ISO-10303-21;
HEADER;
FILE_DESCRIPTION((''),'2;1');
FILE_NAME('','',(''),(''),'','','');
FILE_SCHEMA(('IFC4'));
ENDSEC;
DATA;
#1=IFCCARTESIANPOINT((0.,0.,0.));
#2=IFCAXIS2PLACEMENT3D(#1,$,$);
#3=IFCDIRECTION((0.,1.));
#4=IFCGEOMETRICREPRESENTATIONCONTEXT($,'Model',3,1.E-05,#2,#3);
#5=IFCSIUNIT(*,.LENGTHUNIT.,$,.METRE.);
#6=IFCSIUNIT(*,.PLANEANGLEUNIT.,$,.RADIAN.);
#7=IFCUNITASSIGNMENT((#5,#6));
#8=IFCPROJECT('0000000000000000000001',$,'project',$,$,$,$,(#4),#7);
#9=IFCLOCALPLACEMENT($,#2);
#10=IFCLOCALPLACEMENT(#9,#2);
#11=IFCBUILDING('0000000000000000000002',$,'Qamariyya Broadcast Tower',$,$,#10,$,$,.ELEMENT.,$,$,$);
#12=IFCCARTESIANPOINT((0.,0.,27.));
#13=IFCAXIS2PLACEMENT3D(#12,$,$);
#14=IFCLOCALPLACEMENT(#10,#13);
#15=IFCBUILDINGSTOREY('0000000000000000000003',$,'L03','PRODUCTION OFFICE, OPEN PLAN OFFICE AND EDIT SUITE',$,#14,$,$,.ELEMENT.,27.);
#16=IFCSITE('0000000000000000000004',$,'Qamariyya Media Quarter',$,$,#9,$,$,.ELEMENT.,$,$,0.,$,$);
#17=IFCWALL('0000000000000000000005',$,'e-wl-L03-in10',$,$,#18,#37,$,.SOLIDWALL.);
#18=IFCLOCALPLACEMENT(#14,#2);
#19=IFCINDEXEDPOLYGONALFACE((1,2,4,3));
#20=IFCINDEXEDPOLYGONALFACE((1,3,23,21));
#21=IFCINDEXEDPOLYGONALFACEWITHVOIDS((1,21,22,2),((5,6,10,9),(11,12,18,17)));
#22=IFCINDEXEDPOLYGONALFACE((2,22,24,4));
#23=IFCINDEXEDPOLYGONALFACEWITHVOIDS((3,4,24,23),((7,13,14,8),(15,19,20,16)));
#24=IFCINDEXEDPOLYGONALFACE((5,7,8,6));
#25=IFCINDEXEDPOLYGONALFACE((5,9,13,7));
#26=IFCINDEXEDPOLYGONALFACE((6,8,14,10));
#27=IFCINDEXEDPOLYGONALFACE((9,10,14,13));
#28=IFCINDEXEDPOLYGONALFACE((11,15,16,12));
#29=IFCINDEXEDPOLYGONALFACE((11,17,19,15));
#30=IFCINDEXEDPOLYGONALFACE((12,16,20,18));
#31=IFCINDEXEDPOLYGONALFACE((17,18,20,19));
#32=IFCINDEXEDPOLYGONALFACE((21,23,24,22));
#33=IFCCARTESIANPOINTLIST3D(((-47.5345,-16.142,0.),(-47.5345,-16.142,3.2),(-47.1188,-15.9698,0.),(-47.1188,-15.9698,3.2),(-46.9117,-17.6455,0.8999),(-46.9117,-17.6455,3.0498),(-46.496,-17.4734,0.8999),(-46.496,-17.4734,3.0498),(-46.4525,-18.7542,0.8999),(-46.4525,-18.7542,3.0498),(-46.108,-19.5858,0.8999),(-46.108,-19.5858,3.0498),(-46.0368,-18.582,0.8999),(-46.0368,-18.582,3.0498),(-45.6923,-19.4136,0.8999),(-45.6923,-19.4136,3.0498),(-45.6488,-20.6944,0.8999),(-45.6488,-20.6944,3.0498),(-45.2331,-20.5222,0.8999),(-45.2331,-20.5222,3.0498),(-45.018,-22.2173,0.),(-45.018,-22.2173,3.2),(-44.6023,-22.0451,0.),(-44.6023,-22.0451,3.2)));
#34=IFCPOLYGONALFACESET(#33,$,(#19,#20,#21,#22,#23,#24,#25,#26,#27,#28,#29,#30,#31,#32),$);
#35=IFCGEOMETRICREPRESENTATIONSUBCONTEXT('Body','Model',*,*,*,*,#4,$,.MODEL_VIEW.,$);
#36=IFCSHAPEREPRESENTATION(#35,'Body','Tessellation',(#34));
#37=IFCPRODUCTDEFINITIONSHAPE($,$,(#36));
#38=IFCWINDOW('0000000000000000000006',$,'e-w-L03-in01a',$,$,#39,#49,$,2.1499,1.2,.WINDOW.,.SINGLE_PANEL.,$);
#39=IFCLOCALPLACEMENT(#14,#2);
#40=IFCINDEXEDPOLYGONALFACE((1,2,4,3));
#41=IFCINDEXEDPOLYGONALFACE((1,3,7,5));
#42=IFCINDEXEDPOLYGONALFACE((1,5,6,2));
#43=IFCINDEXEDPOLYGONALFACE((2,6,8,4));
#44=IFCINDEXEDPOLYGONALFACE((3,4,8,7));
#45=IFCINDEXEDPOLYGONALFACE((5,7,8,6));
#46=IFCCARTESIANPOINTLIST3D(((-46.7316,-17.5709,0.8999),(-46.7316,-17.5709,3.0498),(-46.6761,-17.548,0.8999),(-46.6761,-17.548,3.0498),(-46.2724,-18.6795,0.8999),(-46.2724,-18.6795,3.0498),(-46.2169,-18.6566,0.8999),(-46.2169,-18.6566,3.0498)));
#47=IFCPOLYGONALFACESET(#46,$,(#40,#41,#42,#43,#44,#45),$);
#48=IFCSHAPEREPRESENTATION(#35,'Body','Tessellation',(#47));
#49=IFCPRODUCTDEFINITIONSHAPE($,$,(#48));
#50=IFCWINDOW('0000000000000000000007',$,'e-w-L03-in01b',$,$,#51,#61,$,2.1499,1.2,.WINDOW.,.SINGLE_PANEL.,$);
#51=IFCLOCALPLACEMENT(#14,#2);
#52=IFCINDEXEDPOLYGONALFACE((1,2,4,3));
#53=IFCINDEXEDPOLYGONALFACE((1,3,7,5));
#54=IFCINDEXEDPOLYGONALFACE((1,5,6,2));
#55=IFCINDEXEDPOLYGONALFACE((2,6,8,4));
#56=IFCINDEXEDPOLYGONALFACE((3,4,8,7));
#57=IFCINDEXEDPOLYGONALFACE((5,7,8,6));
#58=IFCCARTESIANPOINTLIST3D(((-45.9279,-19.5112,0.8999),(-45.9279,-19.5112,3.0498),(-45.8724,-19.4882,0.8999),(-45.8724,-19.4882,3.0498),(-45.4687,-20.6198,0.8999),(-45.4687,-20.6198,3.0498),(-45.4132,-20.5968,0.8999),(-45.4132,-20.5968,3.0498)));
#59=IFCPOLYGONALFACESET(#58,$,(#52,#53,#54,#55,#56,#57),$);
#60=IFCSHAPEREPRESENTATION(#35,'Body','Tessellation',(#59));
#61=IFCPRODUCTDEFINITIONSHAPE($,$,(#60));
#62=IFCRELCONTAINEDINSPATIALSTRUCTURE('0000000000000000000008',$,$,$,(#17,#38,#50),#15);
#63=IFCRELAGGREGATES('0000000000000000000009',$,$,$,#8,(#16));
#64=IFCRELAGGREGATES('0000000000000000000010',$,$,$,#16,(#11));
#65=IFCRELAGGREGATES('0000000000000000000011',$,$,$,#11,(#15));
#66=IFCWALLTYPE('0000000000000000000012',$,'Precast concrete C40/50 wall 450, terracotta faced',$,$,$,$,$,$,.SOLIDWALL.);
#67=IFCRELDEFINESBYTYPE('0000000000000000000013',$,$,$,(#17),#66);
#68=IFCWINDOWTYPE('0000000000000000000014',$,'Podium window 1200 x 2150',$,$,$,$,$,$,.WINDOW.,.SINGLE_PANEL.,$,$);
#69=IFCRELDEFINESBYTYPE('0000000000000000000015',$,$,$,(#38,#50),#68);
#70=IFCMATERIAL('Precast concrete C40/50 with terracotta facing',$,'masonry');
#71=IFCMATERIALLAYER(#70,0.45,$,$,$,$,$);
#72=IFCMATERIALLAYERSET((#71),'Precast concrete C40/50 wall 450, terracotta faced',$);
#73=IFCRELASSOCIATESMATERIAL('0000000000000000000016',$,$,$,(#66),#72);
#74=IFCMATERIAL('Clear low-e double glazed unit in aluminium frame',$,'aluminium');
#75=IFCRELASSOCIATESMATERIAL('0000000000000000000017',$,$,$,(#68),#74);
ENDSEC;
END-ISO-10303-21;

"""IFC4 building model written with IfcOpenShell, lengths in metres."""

from ifc_helpers import new_model, si_unit, direction, frame, frame_2d, origin, place, context, subcontext, project, spatial, rectangle, extrude, material, layer, layer_set, type_object, element, fill, save


model = new_model("IFC4")

# Units and contexts
model_context = context("Model", 3, precision=1e-05, world=origin(), true_north=direction((0.0, 1.0)))
body_context = subcontext(model_context, "Body", "Model", "MODEL_VIEW")
ifc_project = project(units=[si_unit("LENGTHUNIT", "METRE"), si_unit("PLANEANGLEUNIT", "RADIAN")], contexts=[model_context])

# Site, building, storey
site_placement = place(None, origin())
site = spatial("IfcSite", under=ifc_project, at=site_placement, Name="Qamariyya Media Quarter", CompositionType="ELEMENT", RefElevation=0.0)
building_placement = place(site_placement, origin())
building = spatial("IfcBuilding", under=site, at=building_placement, Name="Qamariyya Broadcast Tower", CompositionType="ELEMENT")
storey_placement = place(building_placement, frame((0.0, 0.0, 27.0)))
storey = spatial("IfcBuildingStorey", under=building, at=storey_placement, Name="L03", Description="PRODUCTION OFFICE, OPEN PLAN OFFICE AND EDIT SUITE", CompositionType="ELEMENT", Elevation=27.0)

# Shared definitions
ifc_material_1 = material(Name="Precast concrete C40/50 with terracotta facing", Category="masonry")
ifc_layer_1 = layer(ifc_material_1, 0.45)
ifc_layer_set_1 = layer_set([ifc_layer_1], Name="Precast concrete C40/50 wall 450, terracotta faced")
wall_type_1 = type_object("IfcWallType", Name="Precast concrete C40/50 wall 450, terracotta faced", PredefinedType="SOLIDWALL", material=ifc_layer_set_1)

# Wall, openings, windows
wall_1_placement = place(storey_placement, frame((-44.8101, -22.1313, 0.0), z_axis=(0.0, 0.0, 1.0), x_axis=(-0.382693, 0.923876, 0.0)))
wall_1 = element("IfcWall", 1, at=wall_1_placement, inside=storey, type_object=wall_type_1, Name="e-wl-L03-in10", PredefinedType="SOLIDWALL", context=body_context, shape_type="SweptSolid", body=[
    extrude(rectangle(XDim=6.5759, YDim=0.45, at=frame_2d((3.2881, 0.0))), origin(), (0.0, 0.0, 1.0), 3.2),
])
opening_1_placement = place(wall_1_placement, frame((3.7485, 0.0, 0.8999)))
opening_1 = element("IfcOpeningElement", 2, at=opening_1_placement, cuts=wall_1, PredefinedType="OPENING", context=body_context, shape_type="SweptSolid", body=[
    extrude(rectangle(XDim=1.2, YDim=2.1499, at=frame_2d((0.6001, 1.075))), frame((0.0, 0.2349, 0.0), z_axis=(0.0, -1.0, 0.0), x_axis=(1.0, 0.0, 0.0)), (0.0, 0.0, 1.0), 0.47),
])
opening_2_placement = place(wall_1_placement, frame((1.6484, 0.0, 0.8999)))
opening_2 = element("IfcOpeningElement", 3, at=opening_2_placement, cuts=wall_1, PredefinedType="OPENING", context=body_context, shape_type="SweptSolid", body=[
    extrude(rectangle(XDim=1.2, YDim=2.1499, at=frame_2d((0.6001, 1.075))), frame((0.0, 0.2349, 0.0), z_axis=(0.0, -1.0, 0.0), x_axis=(1.0, 0.0, 0.0)), (0.0, 0.0, 1.0), 0.47),
])
ifc_material_2 = material(Name="Clear low-e double glazed unit in aluminium frame", Category="aluminium")
window_type = type_object("IfcWindowType", Name="Podium window 1200 x 2150", PartitioningType="SINGLE_PANEL", PredefinedType="WINDOW", material=ifc_material_2)
window_1_placement = place(opening_1_placement, origin())
window_1 = element("IfcWindow", 4, at=window_1_placement, inside=storey, type_object=window_type, Name="e-w-L03-in01a", OverallHeight=2.1499, OverallWidth=1.2, PartitioningType="SINGLE_PANEL", PredefinedType="WINDOW", context=body_context, shape_type="SweptSolid", body=[
    extrude(rectangle(XDim=1.2, YDim=2.1499, at=frame_2d((0.6001, 1.075))), frame((0.0, 0.03, 0.0), z_axis=(0.0, -1.0, 0.0), x_axis=(1.0, 0.0, 0.0)), (0.0, 0.0, 1.0), 0.0601),
])
fill(opening_1, window_1)
window_2_placement = place(opening_2_placement, origin())
window_2 = element("IfcWindow", 5, at=window_2_placement, inside=storey, type_object=window_type, Name="e-w-L03-in01b", OverallHeight=2.1499, OverallWidth=1.2, PartitioningType="SINGLE_PANEL", PredefinedType="WINDOW", context=body_context, shape_type="SweptSolid", body=[
    extrude(rectangle(XDim=1.2, YDim=2.1499, at=frame_2d((0.6001, 1.075))), frame((0.0, 0.03, 0.0), z_axis=(0.0, -1.0, 0.0), x_axis=(1.0, 0.0, 0.0)), (0.0, 0.0, 1.0), 0.0601),
])
fill(opening_2, window_2)

save(model, "model.ifc")
